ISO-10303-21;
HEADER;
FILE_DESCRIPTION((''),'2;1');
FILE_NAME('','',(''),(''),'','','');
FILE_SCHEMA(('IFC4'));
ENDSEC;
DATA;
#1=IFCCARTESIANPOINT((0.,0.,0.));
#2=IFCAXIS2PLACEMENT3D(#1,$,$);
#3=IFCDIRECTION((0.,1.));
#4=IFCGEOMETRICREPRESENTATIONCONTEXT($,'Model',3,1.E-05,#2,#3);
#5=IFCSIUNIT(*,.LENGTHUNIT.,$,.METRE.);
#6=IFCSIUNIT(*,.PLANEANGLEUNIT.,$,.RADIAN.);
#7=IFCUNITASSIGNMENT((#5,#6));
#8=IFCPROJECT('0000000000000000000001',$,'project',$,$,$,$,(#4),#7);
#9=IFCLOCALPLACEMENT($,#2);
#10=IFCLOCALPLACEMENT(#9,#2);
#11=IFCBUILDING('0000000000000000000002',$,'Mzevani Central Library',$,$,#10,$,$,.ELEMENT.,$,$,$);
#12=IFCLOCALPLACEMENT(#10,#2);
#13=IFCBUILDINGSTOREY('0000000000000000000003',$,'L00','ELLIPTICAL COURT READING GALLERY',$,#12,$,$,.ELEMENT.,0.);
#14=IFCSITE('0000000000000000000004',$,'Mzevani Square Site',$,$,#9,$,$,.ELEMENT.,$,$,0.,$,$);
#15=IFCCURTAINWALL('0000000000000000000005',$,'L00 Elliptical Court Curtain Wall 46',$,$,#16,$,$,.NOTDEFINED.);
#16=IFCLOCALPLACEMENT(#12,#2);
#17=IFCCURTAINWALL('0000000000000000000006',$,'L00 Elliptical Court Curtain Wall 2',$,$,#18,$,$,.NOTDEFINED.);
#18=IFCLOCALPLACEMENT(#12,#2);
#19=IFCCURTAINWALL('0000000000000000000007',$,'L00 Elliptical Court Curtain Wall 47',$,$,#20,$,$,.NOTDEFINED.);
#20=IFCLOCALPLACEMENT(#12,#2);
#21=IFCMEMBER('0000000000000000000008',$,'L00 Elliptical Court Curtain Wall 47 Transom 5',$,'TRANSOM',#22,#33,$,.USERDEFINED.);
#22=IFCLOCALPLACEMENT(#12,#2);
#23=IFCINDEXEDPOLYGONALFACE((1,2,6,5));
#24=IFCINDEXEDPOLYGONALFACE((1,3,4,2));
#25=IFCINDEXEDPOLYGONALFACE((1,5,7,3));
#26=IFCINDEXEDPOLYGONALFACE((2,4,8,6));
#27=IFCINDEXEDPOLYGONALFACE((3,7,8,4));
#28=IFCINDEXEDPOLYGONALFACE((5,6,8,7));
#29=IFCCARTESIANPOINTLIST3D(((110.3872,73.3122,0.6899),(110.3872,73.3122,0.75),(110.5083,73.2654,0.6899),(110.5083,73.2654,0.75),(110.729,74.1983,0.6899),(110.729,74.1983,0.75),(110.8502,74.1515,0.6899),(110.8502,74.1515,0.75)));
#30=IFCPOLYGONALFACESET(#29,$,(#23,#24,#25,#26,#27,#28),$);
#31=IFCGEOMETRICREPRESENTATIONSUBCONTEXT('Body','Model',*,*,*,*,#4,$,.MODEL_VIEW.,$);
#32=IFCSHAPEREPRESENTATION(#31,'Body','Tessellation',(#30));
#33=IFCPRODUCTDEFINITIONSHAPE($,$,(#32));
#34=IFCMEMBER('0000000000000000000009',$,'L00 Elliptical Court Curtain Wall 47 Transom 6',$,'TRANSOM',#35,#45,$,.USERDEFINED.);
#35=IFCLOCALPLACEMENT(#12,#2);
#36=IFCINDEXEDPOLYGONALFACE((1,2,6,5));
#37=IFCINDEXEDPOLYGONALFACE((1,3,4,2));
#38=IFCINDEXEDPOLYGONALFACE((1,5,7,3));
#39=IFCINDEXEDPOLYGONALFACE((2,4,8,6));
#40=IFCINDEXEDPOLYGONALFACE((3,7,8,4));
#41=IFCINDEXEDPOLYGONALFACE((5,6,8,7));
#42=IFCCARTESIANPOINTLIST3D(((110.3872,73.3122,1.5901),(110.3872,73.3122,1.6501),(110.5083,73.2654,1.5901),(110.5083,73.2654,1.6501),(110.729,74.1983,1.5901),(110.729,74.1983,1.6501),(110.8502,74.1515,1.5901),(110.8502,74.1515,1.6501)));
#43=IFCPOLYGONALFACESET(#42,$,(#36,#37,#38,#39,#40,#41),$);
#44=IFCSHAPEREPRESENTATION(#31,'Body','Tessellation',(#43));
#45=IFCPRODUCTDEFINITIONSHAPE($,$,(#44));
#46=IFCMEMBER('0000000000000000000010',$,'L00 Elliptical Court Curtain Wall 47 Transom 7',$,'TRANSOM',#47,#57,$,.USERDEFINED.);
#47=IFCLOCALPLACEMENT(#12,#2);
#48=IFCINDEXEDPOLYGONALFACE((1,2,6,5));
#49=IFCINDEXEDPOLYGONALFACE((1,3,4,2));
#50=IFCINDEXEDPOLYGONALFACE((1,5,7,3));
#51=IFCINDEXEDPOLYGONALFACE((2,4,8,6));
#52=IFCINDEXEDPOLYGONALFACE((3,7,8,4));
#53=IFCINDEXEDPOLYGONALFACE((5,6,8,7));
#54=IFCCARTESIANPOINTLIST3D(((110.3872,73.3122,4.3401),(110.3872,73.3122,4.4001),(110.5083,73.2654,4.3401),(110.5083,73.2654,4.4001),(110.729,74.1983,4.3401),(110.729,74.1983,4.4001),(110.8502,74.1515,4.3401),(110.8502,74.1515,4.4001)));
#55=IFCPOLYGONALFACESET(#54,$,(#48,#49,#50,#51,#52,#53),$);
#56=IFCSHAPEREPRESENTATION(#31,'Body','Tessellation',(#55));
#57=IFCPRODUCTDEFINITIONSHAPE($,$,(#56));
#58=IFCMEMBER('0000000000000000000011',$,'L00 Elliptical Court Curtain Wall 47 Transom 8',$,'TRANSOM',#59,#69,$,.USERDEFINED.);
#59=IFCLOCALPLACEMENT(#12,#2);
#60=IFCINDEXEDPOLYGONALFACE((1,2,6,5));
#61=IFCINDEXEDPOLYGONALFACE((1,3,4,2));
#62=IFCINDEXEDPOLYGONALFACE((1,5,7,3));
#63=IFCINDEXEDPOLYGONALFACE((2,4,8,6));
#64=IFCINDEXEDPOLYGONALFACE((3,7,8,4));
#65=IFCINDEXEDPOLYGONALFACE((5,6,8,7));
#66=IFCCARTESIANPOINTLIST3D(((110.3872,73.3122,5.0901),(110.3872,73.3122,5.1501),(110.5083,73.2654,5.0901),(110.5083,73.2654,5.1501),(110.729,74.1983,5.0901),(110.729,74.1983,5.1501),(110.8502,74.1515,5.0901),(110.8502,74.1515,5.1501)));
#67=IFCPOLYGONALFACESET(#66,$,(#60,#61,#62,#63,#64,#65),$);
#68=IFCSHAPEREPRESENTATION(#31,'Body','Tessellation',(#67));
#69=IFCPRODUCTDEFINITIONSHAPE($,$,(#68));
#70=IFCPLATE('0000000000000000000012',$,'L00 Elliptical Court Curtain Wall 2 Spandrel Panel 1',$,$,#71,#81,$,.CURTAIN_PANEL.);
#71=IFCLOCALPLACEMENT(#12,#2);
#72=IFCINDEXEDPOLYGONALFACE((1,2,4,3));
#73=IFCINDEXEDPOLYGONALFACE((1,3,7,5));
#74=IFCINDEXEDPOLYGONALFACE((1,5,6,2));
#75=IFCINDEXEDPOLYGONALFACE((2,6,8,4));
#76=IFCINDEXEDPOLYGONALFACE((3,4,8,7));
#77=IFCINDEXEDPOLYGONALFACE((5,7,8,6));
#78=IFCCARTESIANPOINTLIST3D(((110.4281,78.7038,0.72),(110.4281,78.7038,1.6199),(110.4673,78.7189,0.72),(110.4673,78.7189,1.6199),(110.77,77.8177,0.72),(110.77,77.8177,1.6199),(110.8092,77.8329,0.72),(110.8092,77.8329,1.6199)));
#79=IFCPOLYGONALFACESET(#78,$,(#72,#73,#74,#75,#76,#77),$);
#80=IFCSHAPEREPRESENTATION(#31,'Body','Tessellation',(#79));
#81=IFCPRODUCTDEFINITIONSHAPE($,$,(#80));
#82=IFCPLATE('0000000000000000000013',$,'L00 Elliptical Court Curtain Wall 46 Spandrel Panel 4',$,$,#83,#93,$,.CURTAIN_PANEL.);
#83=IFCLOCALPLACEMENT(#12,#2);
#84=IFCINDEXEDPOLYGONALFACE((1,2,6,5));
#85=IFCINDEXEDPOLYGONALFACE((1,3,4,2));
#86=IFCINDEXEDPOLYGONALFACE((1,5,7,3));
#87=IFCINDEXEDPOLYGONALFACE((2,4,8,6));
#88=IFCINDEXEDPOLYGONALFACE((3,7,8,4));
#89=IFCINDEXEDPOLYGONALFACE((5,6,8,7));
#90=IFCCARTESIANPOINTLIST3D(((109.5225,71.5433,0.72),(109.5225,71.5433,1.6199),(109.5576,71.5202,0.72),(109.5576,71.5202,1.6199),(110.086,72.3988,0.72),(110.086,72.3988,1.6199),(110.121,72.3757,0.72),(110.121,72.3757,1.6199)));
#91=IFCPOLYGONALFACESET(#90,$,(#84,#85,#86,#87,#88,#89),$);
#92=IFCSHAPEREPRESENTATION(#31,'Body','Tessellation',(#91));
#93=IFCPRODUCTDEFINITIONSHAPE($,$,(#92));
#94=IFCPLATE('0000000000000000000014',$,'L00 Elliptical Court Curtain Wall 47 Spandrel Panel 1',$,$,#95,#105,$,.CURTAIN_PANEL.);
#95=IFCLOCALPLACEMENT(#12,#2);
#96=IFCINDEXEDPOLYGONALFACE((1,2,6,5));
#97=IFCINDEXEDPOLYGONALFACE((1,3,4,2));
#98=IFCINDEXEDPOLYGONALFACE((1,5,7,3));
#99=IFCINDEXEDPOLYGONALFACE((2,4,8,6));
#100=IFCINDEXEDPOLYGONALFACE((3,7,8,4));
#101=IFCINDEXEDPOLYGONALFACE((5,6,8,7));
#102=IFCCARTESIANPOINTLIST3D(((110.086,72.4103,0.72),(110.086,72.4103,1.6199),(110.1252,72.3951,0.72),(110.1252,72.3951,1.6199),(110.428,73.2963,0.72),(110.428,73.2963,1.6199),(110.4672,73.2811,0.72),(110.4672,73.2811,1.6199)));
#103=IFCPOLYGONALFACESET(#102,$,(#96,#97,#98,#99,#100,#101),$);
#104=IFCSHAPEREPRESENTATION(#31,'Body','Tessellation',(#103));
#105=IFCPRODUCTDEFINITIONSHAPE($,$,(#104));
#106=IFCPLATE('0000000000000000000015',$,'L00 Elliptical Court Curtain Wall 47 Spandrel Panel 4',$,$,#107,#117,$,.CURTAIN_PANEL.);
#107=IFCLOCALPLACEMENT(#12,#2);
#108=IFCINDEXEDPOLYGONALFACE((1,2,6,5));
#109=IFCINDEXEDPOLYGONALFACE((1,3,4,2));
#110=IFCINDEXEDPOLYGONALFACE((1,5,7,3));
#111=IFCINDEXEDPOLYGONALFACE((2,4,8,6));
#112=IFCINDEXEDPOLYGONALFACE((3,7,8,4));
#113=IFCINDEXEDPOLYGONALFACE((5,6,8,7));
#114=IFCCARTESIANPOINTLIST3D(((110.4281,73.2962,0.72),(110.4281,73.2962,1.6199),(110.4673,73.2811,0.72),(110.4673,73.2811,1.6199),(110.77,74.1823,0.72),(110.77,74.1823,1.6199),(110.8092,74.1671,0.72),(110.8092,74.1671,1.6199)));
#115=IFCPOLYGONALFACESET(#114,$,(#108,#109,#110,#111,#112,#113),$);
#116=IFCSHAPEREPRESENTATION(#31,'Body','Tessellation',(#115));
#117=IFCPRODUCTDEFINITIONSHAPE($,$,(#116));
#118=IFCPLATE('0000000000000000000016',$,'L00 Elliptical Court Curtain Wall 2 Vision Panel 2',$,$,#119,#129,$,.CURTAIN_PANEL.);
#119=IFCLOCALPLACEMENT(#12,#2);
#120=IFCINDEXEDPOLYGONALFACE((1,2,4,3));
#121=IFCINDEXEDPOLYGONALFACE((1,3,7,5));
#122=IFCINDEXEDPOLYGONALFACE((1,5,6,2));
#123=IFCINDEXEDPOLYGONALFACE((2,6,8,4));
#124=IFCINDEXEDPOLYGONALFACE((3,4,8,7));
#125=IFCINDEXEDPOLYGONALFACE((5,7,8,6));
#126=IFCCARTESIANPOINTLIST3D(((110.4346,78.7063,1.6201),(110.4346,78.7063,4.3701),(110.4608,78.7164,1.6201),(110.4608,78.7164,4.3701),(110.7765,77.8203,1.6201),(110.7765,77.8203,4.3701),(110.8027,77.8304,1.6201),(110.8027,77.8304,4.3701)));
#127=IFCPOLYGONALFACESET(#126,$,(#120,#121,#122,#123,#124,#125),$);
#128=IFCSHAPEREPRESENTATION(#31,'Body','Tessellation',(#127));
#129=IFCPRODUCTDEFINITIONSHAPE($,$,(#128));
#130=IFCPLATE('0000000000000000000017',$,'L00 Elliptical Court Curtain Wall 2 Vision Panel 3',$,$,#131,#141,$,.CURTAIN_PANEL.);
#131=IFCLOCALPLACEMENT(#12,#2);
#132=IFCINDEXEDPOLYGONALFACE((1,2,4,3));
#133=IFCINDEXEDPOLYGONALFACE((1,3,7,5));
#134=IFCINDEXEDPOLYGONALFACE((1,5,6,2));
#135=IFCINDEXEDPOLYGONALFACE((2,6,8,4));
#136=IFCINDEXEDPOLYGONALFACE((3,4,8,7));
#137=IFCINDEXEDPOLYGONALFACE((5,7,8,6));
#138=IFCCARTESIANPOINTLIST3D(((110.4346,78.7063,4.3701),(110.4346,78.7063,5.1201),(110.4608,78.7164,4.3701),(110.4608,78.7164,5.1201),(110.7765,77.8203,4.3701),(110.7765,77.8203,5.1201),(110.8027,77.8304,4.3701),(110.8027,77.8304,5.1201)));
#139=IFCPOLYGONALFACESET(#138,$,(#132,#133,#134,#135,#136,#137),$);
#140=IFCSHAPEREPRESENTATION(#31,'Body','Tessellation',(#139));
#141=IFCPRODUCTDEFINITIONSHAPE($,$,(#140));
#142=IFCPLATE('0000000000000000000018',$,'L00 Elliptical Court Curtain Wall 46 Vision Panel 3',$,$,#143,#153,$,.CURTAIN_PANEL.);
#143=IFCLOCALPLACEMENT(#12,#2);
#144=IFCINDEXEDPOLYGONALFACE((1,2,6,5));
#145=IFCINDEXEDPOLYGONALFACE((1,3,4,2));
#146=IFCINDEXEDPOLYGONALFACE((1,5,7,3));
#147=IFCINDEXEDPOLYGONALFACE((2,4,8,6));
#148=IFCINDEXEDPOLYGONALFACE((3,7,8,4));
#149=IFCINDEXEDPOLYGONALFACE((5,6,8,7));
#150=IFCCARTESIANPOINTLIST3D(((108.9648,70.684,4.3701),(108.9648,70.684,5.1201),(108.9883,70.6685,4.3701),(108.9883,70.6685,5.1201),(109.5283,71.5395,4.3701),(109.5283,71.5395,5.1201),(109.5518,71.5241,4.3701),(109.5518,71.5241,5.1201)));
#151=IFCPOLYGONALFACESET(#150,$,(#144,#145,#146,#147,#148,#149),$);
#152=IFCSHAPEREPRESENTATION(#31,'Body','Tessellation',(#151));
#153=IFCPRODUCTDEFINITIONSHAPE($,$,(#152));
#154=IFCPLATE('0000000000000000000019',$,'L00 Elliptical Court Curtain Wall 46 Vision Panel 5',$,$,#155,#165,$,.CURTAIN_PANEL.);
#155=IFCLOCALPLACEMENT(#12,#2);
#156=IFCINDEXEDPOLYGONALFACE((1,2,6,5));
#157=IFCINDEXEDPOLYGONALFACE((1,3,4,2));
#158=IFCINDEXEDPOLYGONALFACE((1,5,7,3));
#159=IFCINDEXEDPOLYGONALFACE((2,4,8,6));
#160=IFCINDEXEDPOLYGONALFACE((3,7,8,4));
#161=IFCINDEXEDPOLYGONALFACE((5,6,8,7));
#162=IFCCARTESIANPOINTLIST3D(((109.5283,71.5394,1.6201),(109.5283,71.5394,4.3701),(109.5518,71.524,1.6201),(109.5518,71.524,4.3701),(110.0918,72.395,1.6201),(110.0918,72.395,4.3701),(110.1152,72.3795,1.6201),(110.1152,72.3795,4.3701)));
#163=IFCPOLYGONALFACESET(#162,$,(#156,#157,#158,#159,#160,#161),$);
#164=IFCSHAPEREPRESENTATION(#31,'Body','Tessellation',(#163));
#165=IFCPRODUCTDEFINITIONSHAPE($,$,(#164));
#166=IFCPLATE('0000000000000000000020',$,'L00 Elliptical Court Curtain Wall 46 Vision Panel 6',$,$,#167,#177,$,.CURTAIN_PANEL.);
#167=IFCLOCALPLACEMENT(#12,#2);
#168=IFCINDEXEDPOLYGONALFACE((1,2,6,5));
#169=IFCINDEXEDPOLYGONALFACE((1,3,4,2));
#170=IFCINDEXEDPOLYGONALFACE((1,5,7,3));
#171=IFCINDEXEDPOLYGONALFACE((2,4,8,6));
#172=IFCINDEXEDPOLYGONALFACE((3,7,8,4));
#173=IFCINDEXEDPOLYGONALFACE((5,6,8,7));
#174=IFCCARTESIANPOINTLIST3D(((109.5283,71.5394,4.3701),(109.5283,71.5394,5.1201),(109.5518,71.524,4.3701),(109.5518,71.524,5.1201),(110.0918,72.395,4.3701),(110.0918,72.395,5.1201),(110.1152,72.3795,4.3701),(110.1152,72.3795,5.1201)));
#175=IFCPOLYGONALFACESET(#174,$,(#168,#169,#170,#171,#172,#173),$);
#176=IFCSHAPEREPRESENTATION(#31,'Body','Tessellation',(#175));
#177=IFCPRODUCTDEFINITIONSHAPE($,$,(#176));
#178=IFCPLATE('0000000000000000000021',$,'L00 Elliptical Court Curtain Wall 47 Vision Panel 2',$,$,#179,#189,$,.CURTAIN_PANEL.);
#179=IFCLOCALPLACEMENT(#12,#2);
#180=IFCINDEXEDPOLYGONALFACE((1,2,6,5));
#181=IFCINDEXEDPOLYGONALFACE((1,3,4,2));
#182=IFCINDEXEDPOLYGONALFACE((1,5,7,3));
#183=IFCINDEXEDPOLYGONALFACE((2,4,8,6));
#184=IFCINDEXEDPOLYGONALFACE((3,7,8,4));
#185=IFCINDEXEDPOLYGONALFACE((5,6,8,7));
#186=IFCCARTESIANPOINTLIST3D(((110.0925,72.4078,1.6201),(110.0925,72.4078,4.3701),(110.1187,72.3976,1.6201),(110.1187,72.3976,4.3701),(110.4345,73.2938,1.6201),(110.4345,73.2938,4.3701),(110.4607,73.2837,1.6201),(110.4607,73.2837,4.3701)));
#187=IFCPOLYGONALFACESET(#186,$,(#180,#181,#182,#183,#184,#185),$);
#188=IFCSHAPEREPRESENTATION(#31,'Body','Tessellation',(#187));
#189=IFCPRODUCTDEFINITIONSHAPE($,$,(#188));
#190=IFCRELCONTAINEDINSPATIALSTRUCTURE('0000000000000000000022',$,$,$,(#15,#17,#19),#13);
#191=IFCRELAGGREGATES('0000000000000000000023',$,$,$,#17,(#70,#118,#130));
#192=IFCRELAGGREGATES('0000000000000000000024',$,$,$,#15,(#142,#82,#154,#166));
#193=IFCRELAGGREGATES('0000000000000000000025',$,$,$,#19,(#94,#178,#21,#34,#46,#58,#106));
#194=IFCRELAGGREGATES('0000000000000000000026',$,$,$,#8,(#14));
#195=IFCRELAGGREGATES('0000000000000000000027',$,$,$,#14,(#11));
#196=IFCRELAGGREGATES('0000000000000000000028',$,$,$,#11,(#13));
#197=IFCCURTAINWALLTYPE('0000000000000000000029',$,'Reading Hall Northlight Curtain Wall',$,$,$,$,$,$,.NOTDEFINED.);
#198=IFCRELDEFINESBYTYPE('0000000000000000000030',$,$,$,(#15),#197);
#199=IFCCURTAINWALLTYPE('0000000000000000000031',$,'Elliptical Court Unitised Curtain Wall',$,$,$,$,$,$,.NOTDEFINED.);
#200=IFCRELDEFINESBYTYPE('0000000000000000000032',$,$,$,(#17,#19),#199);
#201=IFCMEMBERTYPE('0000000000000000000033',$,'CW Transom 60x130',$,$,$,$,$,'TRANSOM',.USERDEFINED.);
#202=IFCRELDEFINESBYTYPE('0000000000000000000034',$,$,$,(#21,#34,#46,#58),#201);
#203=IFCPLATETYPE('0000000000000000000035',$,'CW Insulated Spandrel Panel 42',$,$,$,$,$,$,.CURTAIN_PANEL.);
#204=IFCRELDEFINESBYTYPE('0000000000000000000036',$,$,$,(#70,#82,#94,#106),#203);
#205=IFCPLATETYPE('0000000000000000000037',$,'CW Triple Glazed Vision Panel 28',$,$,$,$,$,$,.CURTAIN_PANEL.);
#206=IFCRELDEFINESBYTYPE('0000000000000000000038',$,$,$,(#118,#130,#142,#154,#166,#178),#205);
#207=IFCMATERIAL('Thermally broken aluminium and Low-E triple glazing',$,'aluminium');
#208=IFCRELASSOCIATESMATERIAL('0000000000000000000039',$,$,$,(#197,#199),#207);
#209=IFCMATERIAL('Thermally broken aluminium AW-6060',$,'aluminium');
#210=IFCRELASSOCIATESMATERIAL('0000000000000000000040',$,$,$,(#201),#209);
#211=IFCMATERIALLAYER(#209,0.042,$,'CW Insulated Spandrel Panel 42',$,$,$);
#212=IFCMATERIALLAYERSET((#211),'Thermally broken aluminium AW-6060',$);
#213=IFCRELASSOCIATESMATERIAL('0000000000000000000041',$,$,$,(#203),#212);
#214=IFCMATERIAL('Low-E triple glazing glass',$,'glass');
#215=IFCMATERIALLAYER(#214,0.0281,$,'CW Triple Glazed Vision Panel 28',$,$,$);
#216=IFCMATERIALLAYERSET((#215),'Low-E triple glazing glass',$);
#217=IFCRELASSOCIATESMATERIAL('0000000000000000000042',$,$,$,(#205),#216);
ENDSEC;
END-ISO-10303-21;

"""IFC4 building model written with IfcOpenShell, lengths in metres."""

from ifc_helpers import new_model, si_unit, direction, frame, origin, origin_2d, place, context, subcontext, project, spatial, rectangle, extrude, material, layer, layer_set, material_profile, profile_set, type_object, element, aggregate, save


model = new_model("IFC4")

# Units and contexts
model_context = context("Model", 3, precision=1e-05, world=origin(), true_north=direction((0.0, 1.0)))
body_context = subcontext(model_context, "Body", "Model", "MODEL_VIEW")
ifc_project = project(units=[si_unit("LENGTHUNIT", "METRE"), si_unit("PLANEANGLEUNIT", "RADIAN")], contexts=[model_context])

# Site, building, storey
site_placement = place(None, origin())
site = spatial("IfcSite", under=ifc_project, at=site_placement, Name="Mzevani Square Site", CompositionType="ELEMENT", RefElevation=0.0)
building_placement = place(site_placement, origin())
building = spatial("IfcBuilding", under=site, at=building_placement, Name="Mzevani Central Library", CompositionType="ELEMENT")
storey_placement = place(building_placement, origin())
storey = spatial("IfcBuildingStorey", under=building, at=storey_placement, Name="L00", Description="ELLIPTICAL COURT READING GALLERY", CompositionType="ELEMENT", Elevation=0.0)

# Curtain wall
ifc_material_1 = material(Name="Thermally broken aluminium and Low-E triple glazing", Category="aluminium")
curtain_wall_type_1 = type_object("IfcCurtainWallType", Name="Reading Hall Northlight Curtain Wall", PredefinedType="NOTDEFINED", material=ifc_material_1)
curtain_wall_1_placement = place(storey_placement, origin())
curtain_wall_1 = element("IfcCurtainWall", 1, at=curtain_wall_1_placement, inside=storey, type_object=curtain_wall_type_1, Name="L00 Elliptical Court Curtain Wall 46", PredefinedType="NOTDEFINED")
ifc_material_2 = material(Name="Thermally broken aluminium AW-6060", Category="aluminium")

# Curtain wall
curtain_wall_type_2 = type_object("IfcCurtainWallType", Name="Elliptical Court Unitised Curtain Wall", PredefinedType="NOTDEFINED", material=ifc_material_1)
curtain_wall_2_placement = place(storey_placement, origin())
curtain_wall_2 = element("IfcCurtainWall", 2, at=curtain_wall_2_placement, inside=storey, type_object=curtain_wall_type_2, Name="L00 Elliptical Court Curtain Wall 2", PredefinedType="NOTDEFINED")

# Curtain wall
curtain_wall_3_placement = place(storey_placement, origin())
curtain_wall_3 = element("IfcCurtainWall", 3, at=curtain_wall_3_placement, inside=storey, type_object=curtain_wall_type_2, Name="L00 Elliptical Court Curtain Wall 47", PredefinedType="NOTDEFINED")

# Members
ifc_material_profile_1 = material_profile(ifc_material_2, rectangle(XDim=0.1299, YDim=0.0601, at=origin_2d()), Name="ALU T60x130")
ifc_profile_set_1 = profile_set([ifc_material_profile_1], Name="Thermally broken aluminium AW-6060")
member_type_1 = type_object("IfcMemberType", Name="CW Transom 60x130", ElementType="TRANSOM", PredefinedType="USERDEFINED", material=ifc_profile_set_1)
member_1_placement = place(storey_placement, frame((110.4478, 73.2888, 0.72), z_axis=(0.359926, 0.932981, 0.0), x_axis=(-0.932981, 0.359926, 0.0)))
member_1 = element("IfcMember", 4, at=member_1_placement, type_object=member_type_1, Name="L00 Elliptical Court Curtain Wall 47 Transom 5", ObjectType="TRANSOM", PredefinedType="USERDEFINED", context=body_context, shape_type="SweptSolid", body=[
    extrude(rectangle(XDim=0.1299, YDim=0.0601, at=origin_2d()), origin(), (0.0, 0.0, 1.0), 0.9497),
])
member_2_placement = place(storey_placement, frame((110.4478, 73.2888, 1.6201), z_axis=(0.359926, 0.932981, 0.0), x_axis=(-0.932981, 0.359926, 0.0)))
member_2 = element("IfcMember", 5, at=member_2_placement, type_object=member_type_1, Name="L00 Elliptical Court Curtain Wall 47 Transom 6", ObjectType="TRANSOM", PredefinedType="USERDEFINED", context=body_context, shape_type="SweptSolid", body=[
    extrude(rectangle(XDim=0.1299, YDim=0.0601, at=origin_2d()), origin(), (0.0, 0.0, 1.0), 0.9497),
])
member_3_placement = place(storey_placement, frame((110.4478, 73.2888, 4.3701), z_axis=(0.359926, 0.932981, 0.0), x_axis=(-0.932981, 0.359926, 0.0)))
member_3 = element("IfcMember", 6, at=member_3_placement, type_object=member_type_1, Name="L00 Elliptical Court Curtain Wall 47 Transom 7", ObjectType="TRANSOM", PredefinedType="USERDEFINED", context=body_context, shape_type="SweptSolid", body=[
    extrude(rectangle(XDim=0.1299, YDim=0.0601, at=origin_2d()), origin(), (0.0, 0.0, 1.0), 0.9497),
])
member_4_placement = place(storey_placement, frame((110.4478, 73.2888, 5.1201), z_axis=(0.359926, 0.932981, 0.0), x_axis=(-0.932981, 0.359926, 0.0)))
member_4 = element("IfcMember", 7, at=member_4_placement, type_object=member_type_1, Name="L00 Elliptical Court Curtain Wall 47 Transom 8", ObjectType="TRANSOM", PredefinedType="USERDEFINED", context=body_context, shape_type="SweptSolid", body=[
    extrude(rectangle(XDim=0.1299, YDim=0.0601, at=origin_2d()), origin(), (0.0, 0.0, 1.0), 0.9497),
])

# Plates
ifc_layer_1 = layer(ifc_material_2, 0.042, Name="CW Insulated Spandrel Panel 42")
ifc_layer_set_1 = layer_set([ifc_layer_1], Name="Thermally broken aluminium AW-6060")
plate_type_1 = type_object("IfcPlateType", Name="CW Insulated Spandrel Panel 42", PredefinedType="CURTAIN_PANEL", material=ifc_layer_set_1)
plate_1_placement = place(storey_placement, frame((110.6187, 78.2683, 0.72), z_axis=(0.0, 0.0, 1.0), x_axis=(-0.360062, 0.932928, 0.0)))
plate_1 = element("IfcPlate", 8, at=plate_1_placement, type_object=plate_type_1, Name="L00 Elliptical Court Curtain Wall 2 Spandrel Panel 1", PredefinedType="CURTAIN_PANEL", context=body_context, shape_type="SweptSolid", body=[
    extrude(rectangle(XDim=0.9497, YDim=0.042, at=origin_2d()), origin(), (0.0, 0.0, 1.0), 0.8999),
])
plate_2_placement = place(storey_placement, frame((109.8218, 71.9595, 0.72), z_axis=(0.0, 0.0, 1.0), x_axis=(0.550028, 0.835147, 0.0)))
plate_2 = element("IfcPlate", 9, at=plate_2_placement, type_object=plate_type_1, Name="L00 Elliptical Court Curtain Wall 46 Spandrel Panel 4", PredefinedType="CURTAIN_PANEL", context=body_context, shape_type="SweptSolid", body=[
    extrude(rectangle(XDim=1.0244, YDim=0.042, at=origin_2d()), origin(), (0.0, 0.0, 1.0), 0.8999),
])
plate_3_placement = place(storey_placement, frame((110.2766, 72.8457, 0.72), z_axis=(0.0, 0.0, 1.0), x_axis=(0.360062, 0.932928, 0.0)))
plate_3 = element("IfcPlate", 10, at=plate_3_placement, type_object=plate_type_1, Name="L00 Elliptical Court Curtain Wall 47 Spandrel Panel 1", PredefinedType="CURTAIN_PANEL", context=body_context, shape_type="SweptSolid", body=[
    extrude(rectangle(XDim=0.9497, YDim=0.042, at=origin_2d()), origin(), (0.0, 0.0, 1.0), 0.8999),
])
plate_4_placement = place(storey_placement, frame((110.6187, 73.7317, 0.72), z_axis=(0.0, 0.0, 1.0), x_axis=(0.360062, 0.932928, 0.0)))
plate_4 = element("IfcPlate", 11, at=plate_4_placement, type_object=plate_type_1, Name="L00 Elliptical Court Curtain Wall 47 Spandrel Panel 4", PredefinedType="CURTAIN_PANEL", context=body_context, shape_type="SweptSolid", body=[
    extrude(rectangle(XDim=0.9497, YDim=0.042, at=origin_2d()), origin(), (0.0, 0.0, 1.0), 0.8999),
])
ifc_material_3 = material(Name="Low-E triple glazing glass", Category="glass")
ifc_layer_2 = layer(ifc_material_3, 0.0281, Name="CW Triple Glazed Vision Panel 28")
ifc_layer_set_2 = layer_set([ifc_layer_2], Name="Low-E triple glazing glass")
plate_type_2 = type_object("IfcPlateType", Name="CW Triple Glazed Vision Panel 28", PredefinedType="CURTAIN_PANEL", material=ifc_layer_set_2)
plate_5_placement = place(storey_placement, frame((110.6187, 78.2683, 1.6201), z_axis=(0.0, 0.0, 1.0), x_axis=(-0.360062, 0.932928, 0.0)))
plate_5 = element("IfcPlate", 12, at=plate_5_placement, type_object=plate_type_2, Name="L00 Elliptical Court Curtain Wall 2 Vision Panel 2", PredefinedType="CURTAIN_PANEL", context=body_context, shape_type="SweptSolid", body=[
    extrude(rectangle(XDim=0.9497, YDim=0.0281, at=origin_2d()), origin(), (0.0, 0.0, 1.0), 2.75),
])
plate_6_placement = place(storey_placement, frame((110.6187, 78.2683, 4.3701), z_axis=(0.0, 0.0, 1.0), x_axis=(-0.360062, 0.932928, 0.0)))
plate_6 = element("IfcPlate", 13, at=plate_6_placement, type_object=plate_type_2, Name="L00 Elliptical Court Curtain Wall 2 Vision Panel 3", PredefinedType="CURTAIN_PANEL", context=body_context, shape_type="SweptSolid", body=[
    extrude(rectangle(XDim=0.9497, YDim=0.0281, at=origin_2d()), origin(), (0.0, 0.0, 1.0), 0.75),
])
aggregate(curtain_wall_2, [plate_1, plate_5, plate_6])
plate_7_placement = place(storey_placement, frame((109.2583, 71.104, 4.3701), z_axis=(0.0, 0.0, 1.0), x_axis=(0.550028, 0.835147, 0.0)))
plate_7 = element("IfcPlate", 14, at=plate_7_placement, type_object=plate_type_2, Name="L00 Elliptical Court Curtain Wall 46 Vision Panel 3", PredefinedType="CURTAIN_PANEL", context=body_context, shape_type="SweptSolid", body=[
    extrude(rectangle(XDim=1.0244, YDim=0.0281, at=origin_2d()), origin(), (0.0, 0.0, 1.0), 0.75),
])
plate_8_placement = place(storey_placement, frame((109.8218, 71.9595, 1.6201), z_axis=(0.0, 0.0, 1.0), x_axis=(0.550028, 0.835147, 0.0)))
plate_8 = element("IfcPlate", 15, at=plate_8_placement, type_object=plate_type_2, Name="L00 Elliptical Court Curtain Wall 46 Vision Panel 5", PredefinedType="CURTAIN_PANEL", context=body_context, shape_type="SweptSolid", body=[
    extrude(rectangle(XDim=1.0244, YDim=0.0281, at=origin_2d()), origin(), (0.0, 0.0, 1.0), 2.75),
])
plate_9_placement = place(storey_placement, frame((109.8218, 71.9595, 4.3701), z_axis=(0.0, 0.0, 1.0), x_axis=(0.550028, 0.835147, 0.0)))
plate_9 = element("IfcPlate", 16, at=plate_9_placement, type_object=plate_type_2, Name="L00 Elliptical Court Curtain Wall 46 Vision Panel 6", PredefinedType="CURTAIN_PANEL", context=body_context, shape_type="SweptSolid", body=[
    extrude(rectangle(XDim=1.0244, YDim=0.0281, at=origin_2d()), origin(), (0.0, 0.0, 1.0), 0.75),
])
aggregate(curtain_wall_1, [plate_7, plate_2, plate_8, plate_9])
plate_10_placement = place(storey_placement, frame((110.2766, 72.8457, 1.6201), z_axis=(0.0, 0.0, 1.0), x_axis=(0.360062, 0.932928, 0.0)))
plate_10 = element("IfcPlate", 17, at=plate_10_placement, type_object=plate_type_2, Name="L00 Elliptical Court Curtain Wall 47 Vision Panel 2", PredefinedType="CURTAIN_PANEL", context=body_context, shape_type="SweptSolid", body=[
    extrude(rectangle(XDim=0.9497, YDim=0.0281, at=origin_2d()), origin(), (0.0, 0.0, 1.0), 2.75),
])
aggregate(curtain_wall_3, [plate_3, plate_10, member_1, member_2, member_3, member_4, plate_4])

save(model, "model.ifc")
